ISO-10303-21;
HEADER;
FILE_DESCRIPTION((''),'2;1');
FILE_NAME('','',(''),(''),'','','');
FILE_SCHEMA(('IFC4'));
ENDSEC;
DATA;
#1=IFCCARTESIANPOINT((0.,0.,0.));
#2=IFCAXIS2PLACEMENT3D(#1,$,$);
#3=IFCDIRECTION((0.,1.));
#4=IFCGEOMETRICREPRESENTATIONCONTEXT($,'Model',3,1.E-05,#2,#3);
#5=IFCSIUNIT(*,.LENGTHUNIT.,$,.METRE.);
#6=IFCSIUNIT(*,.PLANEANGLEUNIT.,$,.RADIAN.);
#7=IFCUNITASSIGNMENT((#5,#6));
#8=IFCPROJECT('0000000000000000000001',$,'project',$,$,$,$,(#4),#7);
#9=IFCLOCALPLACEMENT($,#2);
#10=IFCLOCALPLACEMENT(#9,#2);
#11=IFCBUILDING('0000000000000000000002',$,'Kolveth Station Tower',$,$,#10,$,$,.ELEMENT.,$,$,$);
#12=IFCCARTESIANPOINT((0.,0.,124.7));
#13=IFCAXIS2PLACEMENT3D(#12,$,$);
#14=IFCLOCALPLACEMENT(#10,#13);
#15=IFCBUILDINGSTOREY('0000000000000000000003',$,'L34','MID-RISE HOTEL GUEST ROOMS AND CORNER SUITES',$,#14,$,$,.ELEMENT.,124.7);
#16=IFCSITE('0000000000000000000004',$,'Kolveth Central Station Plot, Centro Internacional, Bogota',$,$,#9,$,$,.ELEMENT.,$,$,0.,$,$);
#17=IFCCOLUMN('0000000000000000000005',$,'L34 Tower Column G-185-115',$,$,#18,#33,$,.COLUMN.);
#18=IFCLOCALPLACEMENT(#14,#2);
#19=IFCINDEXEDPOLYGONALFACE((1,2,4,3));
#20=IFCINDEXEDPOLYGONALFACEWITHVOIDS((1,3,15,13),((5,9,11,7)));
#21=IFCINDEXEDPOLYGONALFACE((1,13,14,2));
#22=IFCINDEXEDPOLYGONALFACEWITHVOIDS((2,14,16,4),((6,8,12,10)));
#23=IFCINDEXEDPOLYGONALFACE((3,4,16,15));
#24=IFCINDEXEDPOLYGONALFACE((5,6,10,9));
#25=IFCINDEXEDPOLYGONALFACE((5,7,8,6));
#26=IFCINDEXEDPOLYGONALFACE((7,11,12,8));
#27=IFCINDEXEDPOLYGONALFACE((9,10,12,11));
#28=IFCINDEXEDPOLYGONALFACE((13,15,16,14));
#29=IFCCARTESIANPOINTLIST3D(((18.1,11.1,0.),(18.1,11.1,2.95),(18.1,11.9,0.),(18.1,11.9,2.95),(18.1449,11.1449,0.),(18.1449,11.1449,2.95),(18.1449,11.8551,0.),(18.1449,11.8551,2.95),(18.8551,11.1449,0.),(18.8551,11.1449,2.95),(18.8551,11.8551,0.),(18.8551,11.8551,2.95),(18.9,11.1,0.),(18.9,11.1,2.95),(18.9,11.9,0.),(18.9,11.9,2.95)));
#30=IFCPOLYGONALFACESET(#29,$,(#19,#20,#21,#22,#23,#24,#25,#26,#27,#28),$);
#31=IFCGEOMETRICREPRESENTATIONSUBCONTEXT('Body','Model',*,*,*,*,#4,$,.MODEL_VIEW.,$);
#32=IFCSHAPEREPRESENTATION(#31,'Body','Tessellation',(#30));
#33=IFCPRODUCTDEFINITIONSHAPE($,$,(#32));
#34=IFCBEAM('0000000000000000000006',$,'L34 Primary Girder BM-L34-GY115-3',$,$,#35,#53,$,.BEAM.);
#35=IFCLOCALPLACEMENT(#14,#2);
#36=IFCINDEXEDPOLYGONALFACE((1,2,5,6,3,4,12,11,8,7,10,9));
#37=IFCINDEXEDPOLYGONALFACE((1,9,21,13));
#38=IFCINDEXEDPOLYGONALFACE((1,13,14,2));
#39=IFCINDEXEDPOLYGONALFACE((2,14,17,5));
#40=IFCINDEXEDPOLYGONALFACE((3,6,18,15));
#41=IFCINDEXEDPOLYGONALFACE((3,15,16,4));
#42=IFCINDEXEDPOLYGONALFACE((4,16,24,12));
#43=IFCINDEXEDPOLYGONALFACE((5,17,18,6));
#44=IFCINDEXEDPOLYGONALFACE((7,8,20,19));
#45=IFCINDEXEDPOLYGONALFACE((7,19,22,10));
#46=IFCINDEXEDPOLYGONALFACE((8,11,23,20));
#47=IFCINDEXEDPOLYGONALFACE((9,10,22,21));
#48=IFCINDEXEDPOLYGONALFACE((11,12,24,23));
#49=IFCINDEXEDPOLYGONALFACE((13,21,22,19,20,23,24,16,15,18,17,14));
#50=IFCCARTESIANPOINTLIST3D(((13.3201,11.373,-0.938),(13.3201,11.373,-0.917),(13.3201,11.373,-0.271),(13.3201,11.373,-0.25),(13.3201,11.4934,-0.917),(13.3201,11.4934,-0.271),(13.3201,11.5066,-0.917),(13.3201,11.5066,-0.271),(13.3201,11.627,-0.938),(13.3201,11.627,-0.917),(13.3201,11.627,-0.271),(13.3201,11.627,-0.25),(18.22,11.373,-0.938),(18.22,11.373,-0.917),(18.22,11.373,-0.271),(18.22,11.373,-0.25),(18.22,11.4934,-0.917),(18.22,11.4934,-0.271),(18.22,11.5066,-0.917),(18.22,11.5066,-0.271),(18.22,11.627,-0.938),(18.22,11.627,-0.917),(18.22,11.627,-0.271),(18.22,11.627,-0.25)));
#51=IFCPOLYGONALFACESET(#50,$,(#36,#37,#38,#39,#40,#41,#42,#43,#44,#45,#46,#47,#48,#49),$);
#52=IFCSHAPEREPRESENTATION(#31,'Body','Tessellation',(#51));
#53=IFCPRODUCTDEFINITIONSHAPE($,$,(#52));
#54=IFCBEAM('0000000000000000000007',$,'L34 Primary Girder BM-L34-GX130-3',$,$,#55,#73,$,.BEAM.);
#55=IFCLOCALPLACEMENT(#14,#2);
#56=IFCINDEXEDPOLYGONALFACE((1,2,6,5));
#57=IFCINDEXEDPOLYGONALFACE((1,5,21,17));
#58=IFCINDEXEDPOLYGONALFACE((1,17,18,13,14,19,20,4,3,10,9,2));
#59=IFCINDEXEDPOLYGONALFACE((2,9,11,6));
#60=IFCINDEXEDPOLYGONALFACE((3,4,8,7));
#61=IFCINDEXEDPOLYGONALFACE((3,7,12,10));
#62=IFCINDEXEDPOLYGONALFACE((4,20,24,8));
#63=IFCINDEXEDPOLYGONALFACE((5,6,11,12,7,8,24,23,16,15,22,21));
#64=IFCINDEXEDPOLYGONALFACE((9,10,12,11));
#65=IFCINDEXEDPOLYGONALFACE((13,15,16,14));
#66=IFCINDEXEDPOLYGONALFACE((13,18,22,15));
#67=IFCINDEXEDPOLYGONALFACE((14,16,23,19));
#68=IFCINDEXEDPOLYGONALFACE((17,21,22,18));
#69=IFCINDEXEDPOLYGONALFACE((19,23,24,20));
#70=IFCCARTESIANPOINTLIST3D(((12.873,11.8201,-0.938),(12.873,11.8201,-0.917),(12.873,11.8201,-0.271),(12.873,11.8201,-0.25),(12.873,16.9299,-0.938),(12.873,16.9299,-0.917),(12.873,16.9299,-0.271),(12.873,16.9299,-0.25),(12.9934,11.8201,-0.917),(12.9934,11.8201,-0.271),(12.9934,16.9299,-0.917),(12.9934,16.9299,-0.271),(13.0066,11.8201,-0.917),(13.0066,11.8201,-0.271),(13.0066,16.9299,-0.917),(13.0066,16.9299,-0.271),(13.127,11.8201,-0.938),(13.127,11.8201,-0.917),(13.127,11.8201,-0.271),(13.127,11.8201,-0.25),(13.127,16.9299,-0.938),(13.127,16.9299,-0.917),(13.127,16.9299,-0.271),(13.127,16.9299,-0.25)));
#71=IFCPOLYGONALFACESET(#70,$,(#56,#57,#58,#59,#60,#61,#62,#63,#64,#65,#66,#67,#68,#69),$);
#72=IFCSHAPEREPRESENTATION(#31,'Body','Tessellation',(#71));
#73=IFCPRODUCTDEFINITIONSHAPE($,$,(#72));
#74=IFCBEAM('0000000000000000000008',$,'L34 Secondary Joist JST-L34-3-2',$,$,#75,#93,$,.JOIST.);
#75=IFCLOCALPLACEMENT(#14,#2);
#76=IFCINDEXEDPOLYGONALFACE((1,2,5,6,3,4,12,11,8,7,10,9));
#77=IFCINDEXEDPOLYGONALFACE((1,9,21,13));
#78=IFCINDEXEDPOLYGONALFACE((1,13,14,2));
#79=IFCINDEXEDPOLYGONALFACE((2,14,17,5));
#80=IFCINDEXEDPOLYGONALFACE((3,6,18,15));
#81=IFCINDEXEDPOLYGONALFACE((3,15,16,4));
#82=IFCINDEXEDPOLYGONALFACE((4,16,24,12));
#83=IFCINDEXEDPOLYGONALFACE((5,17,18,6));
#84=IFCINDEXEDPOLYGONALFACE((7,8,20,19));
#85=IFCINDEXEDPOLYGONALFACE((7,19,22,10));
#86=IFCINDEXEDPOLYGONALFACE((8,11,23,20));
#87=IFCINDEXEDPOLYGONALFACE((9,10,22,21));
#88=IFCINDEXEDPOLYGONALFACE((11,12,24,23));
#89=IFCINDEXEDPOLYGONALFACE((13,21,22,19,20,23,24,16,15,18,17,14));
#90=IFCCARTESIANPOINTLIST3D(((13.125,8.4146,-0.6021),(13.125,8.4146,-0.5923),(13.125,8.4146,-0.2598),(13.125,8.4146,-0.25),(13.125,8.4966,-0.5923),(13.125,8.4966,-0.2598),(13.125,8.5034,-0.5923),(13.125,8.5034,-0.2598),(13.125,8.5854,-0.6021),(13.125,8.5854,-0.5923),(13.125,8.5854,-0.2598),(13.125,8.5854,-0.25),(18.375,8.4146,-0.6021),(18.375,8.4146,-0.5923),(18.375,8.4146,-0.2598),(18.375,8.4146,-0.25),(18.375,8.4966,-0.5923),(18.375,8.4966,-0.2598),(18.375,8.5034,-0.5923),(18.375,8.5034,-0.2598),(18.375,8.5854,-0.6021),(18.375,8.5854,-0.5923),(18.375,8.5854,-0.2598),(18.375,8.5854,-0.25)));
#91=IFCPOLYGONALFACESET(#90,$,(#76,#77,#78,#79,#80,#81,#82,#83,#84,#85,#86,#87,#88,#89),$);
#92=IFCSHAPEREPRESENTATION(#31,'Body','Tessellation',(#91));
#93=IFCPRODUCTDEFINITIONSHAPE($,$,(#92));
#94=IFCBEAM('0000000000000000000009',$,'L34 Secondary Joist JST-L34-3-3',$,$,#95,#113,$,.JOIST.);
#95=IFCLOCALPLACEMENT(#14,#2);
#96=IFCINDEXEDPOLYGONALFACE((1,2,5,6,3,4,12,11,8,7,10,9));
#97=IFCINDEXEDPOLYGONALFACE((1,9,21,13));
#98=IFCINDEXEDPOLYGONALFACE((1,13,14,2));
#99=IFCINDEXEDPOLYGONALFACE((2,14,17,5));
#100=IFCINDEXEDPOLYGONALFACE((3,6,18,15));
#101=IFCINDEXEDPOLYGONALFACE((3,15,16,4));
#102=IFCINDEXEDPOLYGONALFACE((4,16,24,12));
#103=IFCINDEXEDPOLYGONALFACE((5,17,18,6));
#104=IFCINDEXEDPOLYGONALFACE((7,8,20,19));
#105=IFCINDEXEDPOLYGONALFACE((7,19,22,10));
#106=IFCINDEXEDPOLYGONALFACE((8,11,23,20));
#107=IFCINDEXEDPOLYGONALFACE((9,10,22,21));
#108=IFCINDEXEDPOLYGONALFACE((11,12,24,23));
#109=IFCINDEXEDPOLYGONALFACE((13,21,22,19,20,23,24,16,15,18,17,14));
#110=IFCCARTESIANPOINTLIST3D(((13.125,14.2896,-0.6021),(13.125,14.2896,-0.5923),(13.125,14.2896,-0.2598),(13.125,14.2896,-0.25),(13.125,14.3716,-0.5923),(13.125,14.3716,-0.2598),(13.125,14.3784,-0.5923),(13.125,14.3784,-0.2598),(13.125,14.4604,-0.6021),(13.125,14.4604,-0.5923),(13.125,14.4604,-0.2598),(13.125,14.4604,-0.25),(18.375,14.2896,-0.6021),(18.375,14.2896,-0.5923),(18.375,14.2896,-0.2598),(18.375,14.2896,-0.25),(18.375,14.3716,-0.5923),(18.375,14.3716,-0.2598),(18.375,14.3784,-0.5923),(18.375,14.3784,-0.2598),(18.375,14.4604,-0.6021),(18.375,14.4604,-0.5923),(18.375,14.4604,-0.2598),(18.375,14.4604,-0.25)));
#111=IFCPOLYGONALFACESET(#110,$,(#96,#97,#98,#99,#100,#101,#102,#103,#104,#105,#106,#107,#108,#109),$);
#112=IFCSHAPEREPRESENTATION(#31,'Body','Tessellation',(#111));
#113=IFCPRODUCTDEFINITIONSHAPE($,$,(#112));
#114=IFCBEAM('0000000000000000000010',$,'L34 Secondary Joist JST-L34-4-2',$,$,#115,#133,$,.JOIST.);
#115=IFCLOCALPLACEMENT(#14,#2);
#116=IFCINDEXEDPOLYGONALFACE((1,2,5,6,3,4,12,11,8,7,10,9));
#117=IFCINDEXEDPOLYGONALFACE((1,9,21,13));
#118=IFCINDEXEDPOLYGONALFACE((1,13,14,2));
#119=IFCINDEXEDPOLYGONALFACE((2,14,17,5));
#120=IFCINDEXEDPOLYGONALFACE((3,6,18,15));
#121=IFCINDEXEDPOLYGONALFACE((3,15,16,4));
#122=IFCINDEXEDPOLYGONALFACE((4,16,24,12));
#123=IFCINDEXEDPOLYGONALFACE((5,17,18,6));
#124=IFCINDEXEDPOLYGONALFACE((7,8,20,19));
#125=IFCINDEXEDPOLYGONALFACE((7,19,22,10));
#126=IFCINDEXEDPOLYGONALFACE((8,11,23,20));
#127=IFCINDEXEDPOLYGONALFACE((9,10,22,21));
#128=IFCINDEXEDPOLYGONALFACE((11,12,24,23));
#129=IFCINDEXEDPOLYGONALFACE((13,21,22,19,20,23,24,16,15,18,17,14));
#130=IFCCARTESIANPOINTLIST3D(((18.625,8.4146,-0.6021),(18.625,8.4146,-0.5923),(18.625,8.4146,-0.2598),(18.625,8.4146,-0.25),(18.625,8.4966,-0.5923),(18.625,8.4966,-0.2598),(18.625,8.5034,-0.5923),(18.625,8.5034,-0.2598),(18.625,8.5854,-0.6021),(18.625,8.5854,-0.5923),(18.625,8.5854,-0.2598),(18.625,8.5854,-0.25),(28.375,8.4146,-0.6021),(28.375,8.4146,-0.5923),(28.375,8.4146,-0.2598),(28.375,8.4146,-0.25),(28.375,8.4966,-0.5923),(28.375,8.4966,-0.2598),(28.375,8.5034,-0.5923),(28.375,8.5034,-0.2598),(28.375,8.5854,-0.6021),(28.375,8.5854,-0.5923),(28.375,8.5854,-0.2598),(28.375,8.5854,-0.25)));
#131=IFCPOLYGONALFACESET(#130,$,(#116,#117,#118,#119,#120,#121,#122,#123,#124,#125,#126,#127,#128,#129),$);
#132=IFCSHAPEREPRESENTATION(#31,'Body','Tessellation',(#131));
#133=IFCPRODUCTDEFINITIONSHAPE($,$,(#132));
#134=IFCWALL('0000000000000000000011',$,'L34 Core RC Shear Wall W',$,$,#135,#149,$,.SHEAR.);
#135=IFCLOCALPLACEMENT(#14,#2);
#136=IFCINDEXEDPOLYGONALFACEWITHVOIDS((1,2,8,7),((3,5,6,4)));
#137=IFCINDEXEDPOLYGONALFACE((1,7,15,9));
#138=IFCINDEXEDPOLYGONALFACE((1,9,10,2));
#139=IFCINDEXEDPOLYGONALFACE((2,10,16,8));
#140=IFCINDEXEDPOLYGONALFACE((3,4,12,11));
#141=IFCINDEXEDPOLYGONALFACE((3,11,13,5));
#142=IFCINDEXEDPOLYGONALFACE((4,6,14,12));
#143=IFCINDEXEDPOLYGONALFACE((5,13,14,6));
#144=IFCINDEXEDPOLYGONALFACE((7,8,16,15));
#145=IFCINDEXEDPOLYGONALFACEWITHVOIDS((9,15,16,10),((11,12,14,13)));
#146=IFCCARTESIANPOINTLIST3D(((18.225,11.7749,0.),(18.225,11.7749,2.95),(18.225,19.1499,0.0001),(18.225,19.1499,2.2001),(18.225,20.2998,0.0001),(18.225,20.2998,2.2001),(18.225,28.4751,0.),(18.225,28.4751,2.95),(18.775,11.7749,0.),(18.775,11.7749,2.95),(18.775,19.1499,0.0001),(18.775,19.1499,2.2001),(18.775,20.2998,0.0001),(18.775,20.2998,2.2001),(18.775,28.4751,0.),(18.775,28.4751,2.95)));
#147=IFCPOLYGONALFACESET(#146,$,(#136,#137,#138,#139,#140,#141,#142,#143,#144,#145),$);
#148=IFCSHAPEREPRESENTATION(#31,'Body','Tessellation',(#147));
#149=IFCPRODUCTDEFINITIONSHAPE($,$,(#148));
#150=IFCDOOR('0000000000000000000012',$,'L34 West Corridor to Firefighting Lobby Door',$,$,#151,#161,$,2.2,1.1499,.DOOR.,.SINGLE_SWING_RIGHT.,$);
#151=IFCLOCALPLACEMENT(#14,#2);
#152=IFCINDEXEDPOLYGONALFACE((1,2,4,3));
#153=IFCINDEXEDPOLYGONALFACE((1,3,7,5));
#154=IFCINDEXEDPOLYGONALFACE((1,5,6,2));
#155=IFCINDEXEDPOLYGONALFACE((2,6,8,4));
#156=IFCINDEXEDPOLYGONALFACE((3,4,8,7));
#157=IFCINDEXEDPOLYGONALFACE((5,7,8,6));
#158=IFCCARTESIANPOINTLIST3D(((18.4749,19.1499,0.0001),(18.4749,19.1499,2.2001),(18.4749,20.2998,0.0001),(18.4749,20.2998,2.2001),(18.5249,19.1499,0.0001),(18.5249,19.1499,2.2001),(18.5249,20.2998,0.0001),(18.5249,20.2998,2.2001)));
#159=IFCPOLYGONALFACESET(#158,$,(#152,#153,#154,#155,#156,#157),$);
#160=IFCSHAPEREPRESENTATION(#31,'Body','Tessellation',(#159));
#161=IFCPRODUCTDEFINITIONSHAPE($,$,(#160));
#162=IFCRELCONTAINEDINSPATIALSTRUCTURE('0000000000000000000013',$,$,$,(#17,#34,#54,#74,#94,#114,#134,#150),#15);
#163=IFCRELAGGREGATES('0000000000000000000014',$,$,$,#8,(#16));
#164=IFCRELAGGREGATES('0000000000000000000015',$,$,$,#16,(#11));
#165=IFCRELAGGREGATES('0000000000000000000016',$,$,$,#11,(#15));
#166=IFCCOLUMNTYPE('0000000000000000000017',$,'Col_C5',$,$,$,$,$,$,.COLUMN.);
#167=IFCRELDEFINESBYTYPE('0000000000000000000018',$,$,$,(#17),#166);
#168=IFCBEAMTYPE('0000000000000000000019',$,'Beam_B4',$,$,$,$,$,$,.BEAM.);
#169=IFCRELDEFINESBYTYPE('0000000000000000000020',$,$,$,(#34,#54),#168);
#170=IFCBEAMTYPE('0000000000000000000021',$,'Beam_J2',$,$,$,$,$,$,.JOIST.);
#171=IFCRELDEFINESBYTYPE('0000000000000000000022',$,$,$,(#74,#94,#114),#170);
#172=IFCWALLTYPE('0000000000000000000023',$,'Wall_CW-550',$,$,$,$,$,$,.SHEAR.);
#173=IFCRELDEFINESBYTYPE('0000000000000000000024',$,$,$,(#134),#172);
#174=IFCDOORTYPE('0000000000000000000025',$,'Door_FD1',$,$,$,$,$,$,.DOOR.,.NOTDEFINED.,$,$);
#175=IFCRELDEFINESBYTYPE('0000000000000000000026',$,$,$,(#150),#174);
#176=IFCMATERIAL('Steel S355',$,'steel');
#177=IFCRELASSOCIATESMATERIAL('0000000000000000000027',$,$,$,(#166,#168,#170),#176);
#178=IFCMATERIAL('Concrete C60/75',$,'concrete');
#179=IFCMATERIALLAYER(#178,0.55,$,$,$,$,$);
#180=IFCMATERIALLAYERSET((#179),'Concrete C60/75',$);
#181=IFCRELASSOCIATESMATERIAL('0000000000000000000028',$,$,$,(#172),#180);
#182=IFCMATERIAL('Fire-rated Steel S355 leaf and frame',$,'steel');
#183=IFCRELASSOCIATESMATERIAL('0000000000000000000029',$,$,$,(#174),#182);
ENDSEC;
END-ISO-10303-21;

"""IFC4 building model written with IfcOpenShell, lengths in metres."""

from ifc_helpers import new_model, si_unit, direction, frame, frame_2d, origin, origin_2d, place, context, subcontext, project, spatial, rectangle, hollow_rectangle, i_section, extrude, source, transform, mapped, material, layer, layer_set, material_profile, profile_set, type_object, element, fill, save


model = new_model("IFC4")

# Units and contexts
model_context = context("Model", 3, precision=1e-05, world=origin(), true_north=direction((0.0, 1.0)))
body_context = subcontext(model_context, "Body", "Model", "MODEL_VIEW")
ifc_project = project(units=[si_unit("LENGTHUNIT", "METRE"), si_unit("PLANEANGLEUNIT", "RADIAN")], contexts=[model_context])

# Site, building, storey
site_placement = place(None, origin())
site = spatial("IfcSite", under=ifc_project, at=site_placement, Name="Kolveth Central Station Plot, Centro Internacional, Bogota", CompositionType="ELEMENT", RefElevation=0.0)
building_placement = place(site_placement, origin())
building = spatial("IfcBuilding", under=site, at=building_placement, Name="Kolveth Station Tower", CompositionType="ELEMENT")
storey_placement = place(building_placement, frame((0.0, 0.0, 124.7)))
storey = spatial("IfcBuildingStorey", under=building, at=storey_placement, Name="L34", Description="MID-RISE HOTEL GUEST ROOMS AND CORNER SUITES", CompositionType="ELEMENT", Elevation=124.7)

# Column
ifc_material_1 = material(Name="Steel S355", Category="steel")
ifc_material_profile_1 = material_profile(ifc_material_1, hollow_rectangle(XDim=0.8, YDim=0.8, WallThickness=0.0449, at=origin_2d()), Name="BOX800x800x45")
ifc_profile_set_1 = profile_set([ifc_material_profile_1], Name="Steel S355")
column_type = type_object("IfcColumnType", Name="Col_C5", PredefinedType="COLUMN", material=ifc_profile_set_1)
shared_shape_1 = source(origin(), body_context, "Body", "SweptSolid", [
    extrude(hollow_rectangle(XDim=0.8, YDim=0.8, WallThickness=0.0449, at=origin_2d()), origin(), (0.0, 0.0, 1.0), 2.95),
])
column_placement = place(storey_placement, frame((18.5, 11.5, 0.0), z_axis=(0.0, 0.0, 1.0), x_axis=(1.0, 0.0, 0.0)))
element("IfcColumn", 1, at=column_placement, inside=storey, type_object=column_type, Name="L34 Tower Column G-185-115", PredefinedType="COLUMN", context=body_context, shape_type="MappedRepresentation", body=[
    mapped(shared_shape_1, transform((0.0, 0.0, 0.0), x_axis=(1.0, 0.0, 0.0), y_axis=(0.0, 1.0, 0.0), z_axis=(0.0, 0.0, 1.0), scale=1.0)),
])

# Beams
ifc_material_profile_2 = material_profile(ifc_material_1, i_section(OverallWidth=0.2539, OverallDepth=0.688, WebThickness=0.0132, FlangeThickness=0.021, at=origin_2d()), Name="W690x152")
ifc_profile_set_2 = profile_set([ifc_material_profile_2], Name="Steel S355")
beam_type_1 = type_object("IfcBeamType", Name="Beam_B4", PredefinedType="BEAM", material=ifc_profile_set_2)
shared_shape_2 = source(origin(), body_context, "Body", "SweptSolid", [
    extrude(i_section(OverallWidth=0.2539, OverallDepth=0.688, WebThickness=0.0132, FlangeThickness=0.021, at=origin_2d()), origin(), (0.0, 0.0, 1.0), 4.8999),
])
beam_1_placement = place(storey_placement, frame((13.3201, 11.5, -0.594), z_axis=(1.0, 0.0, 0.0), x_axis=(0.0, 1.0, 0.0)))
element("IfcBeam", 2, at=beam_1_placement, inside=storey, type_object=beam_type_1, Name="L34 Primary Girder BM-L34-GY115-3", PredefinedType="BEAM", context=body_context, shape_type="MappedRepresentation", body=[
    mapped(shared_shape_2, transform((0.0, 0.0, 0.0), x_axis=(1.0, 0.0, 0.0), y_axis=(0.0, 1.0, 0.0), z_axis=(0.0, 0.0, 1.0), scale=1.0)),
])
shared_shape_3 = source(origin(), body_context, "Body", "SweptSolid", [
    extrude(i_section(OverallWidth=0.2539, OverallDepth=0.688, WebThickness=0.0132, FlangeThickness=0.021, at=origin_2d()), origin(), (0.0, 0.0, 1.0), 5.1099),
])
beam_2_placement = place(storey_placement, frame((13.0, 11.8201, -0.594), z_axis=(0.0, 1.0, 0.0), x_axis=(-1.0, 0.0, 0.0)))
element("IfcBeam", 3, at=beam_2_placement, inside=storey, type_object=beam_type_1, Name="L34 Primary Girder BM-L34-GX130-3", PredefinedType="BEAM", context=body_context, shape_type="MappedRepresentation", body=[
    mapped(shared_shape_3, transform((0.0, 0.0, 0.0), x_axis=(1.0, 0.0, 0.0), y_axis=(0.0, 1.0, 0.0), z_axis=(0.0, 0.0, 1.0), scale=1.0)),
])
ifc_material_profile_3 = material_profile(ifc_material_1, i_section(OverallWidth=0.1709, OverallDepth=0.3521, WebThickness=0.0068, FlangeThickness=0.0098, at=origin_2d()), Name="W360x44")
ifc_profile_set_3 = profile_set([ifc_material_profile_3], Name="Steel S355")
beam_type_2 = type_object("IfcBeamType", Name="Beam_J2", PredefinedType="JOIST", material=ifc_profile_set_3)
shared_shape_4 = source(origin(), body_context, "Body", "SweptSolid", [
    extrude(i_section(OverallWidth=0.1709, OverallDepth=0.3521, WebThickness=0.0068, FlangeThickness=0.0098, at=origin_2d()), origin(), (0.0, 0.0, 1.0), 5.25),
])
for number, where, z_axis, x_axis, name in (
    (4, (13.125, 8.5, -0.426), (1.0, 0.0, 0.0), (0.0, 1.0, 0.0), "L34 Secondary Joist JST-L34-3-2"),
    (5, (13.125, 14.375, -0.426), (1.0, 0.0, 0.0), (0.0, 1.0, 0.0), "L34 Secondary Joist JST-L34-3-3"),
):
    element("IfcBeam", number, at=place(storey_placement, frame(where, z_axis=z_axis, x_axis=x_axis)), inside=storey, type_object=beam_type_2, Name=name, PredefinedType="JOIST", context=body_context, shape_type="MappedRepresentation", body=[
        mapped(shared_shape_4, transform((0.0, 0.0, 0.0), x_axis=(1.0, 0.0, 0.0), y_axis=(0.0, 1.0, 0.0), z_axis=(0.0, 0.0, 1.0), scale=1.0)),
    ])
shared_shape_5 = source(origin(), body_context, "Body", "SweptSolid", [
    extrude(i_section(OverallWidth=0.1709, OverallDepth=0.3521, WebThickness=0.0068, FlangeThickness=0.0098, at=origin_2d()), origin(), (0.0, 0.0, 1.0), 9.75),
])
beam_3_placement = place(storey_placement, frame((18.625, 8.5, -0.426), z_axis=(1.0, 0.0, 0.0), x_axis=(0.0, 1.0, 0.0)))
element("IfcBeam", 6, at=beam_3_placement, inside=storey, type_object=beam_type_2, Name="L34 Secondary Joist JST-L34-4-2", PredefinedType="JOIST", context=body_context, shape_type="MappedRepresentation", body=[
    mapped(shared_shape_5, transform((0.0, 0.0, 0.0), x_axis=(1.0, 0.0, 0.0), y_axis=(0.0, 1.0, 0.0), z_axis=(0.0, 0.0, 1.0), scale=1.0)),
])

# Shared definitions
ifc_material_2 = material(Name="Concrete C60/75", Category="concrete")
ifc_layer_1 = layer(ifc_material_2, 0.55)
ifc_layer_set_1 = layer_set([ifc_layer_1], Name="Concrete C60/75")
wall_type_1 = type_object("IfcWallType", Name="Wall_CW-550", PredefinedType="SHEAR", material=ifc_layer_set_1)

# Wall, opening, door
wall_1_placement = place(storey_placement, frame((18.5, 11.7749, 0.0), z_axis=(0.0, 0.0, 1.0), x_axis=(0.0, 1.0, 0.0)))
wall_1 = element("IfcWall", 7, at=wall_1_placement, inside=storey, type_object=wall_type_1, Name="L34 Core RC Shear Wall W", PredefinedType="SHEAR", context=body_context, shape_type="SweptSolid", body=[
    extrude(rectangle(XDim=16.7002, YDim=0.55, at=frame_2d((8.3501, 0.0))), origin(), (0.0, 0.0, 1.0), 2.95),
])
opening_1_placement = place(wall_1_placement, frame((7.375, 0.0, 0.0)))
opening_1 = element("IfcOpeningElement", 8, at=opening_1_placement, cuts=wall_1, PredefinedType="OPENING", context=body_context, shape_type="SweptSolid", body=[
    extrude(rectangle(XDim=1.1499, YDim=2.2, at=frame_2d((0.575, 1.1001))), frame((0.0, 0.2849, 0.0), z_axis=(0.0, -1.0, 0.0), x_axis=(1.0, 0.0, 0.0)), (0.0, 0.0, 1.0), 0.5701),
])
ifc_material_3 = material(Name="Fire-rated Steel S355 leaf and frame", Category="steel")
door_type_1 = type_object("IfcDoorType", Name="Door_FD1", OperationType="NOTDEFINED", PredefinedType="DOOR", material=ifc_material_3)
door_1_placement = place(opening_1_placement, frame((1.1499, 0.0, 0.0), z_axis=(0.0, 0.0, 1.0), x_axis=(-1.0, 0.0, 0.0)))
door_1 = element("IfcDoor", 9, at=door_1_placement, inside=storey, type_object=door_type_1, Name="L34 West Corridor to Firefighting Lobby Door", OperationType="SINGLE_SWING_RIGHT", OverallHeight=2.2, OverallWidth=1.1499, PredefinedType="DOOR", context=body_context, shape_type="SweptSolid", body=[
    extrude(rectangle(XDim=1.1499, YDim=2.2, at=frame_2d((0.575, 1.1001))), frame((0.0, 0.0249, 0.0), z_axis=(0.0, -1.0, 0.0), x_axis=(1.0, 0.0, 0.0)), (0.0, 0.0, 1.0), 0.05),
])
fill(opening_1, door_1)

save(model, "model.ifc")
